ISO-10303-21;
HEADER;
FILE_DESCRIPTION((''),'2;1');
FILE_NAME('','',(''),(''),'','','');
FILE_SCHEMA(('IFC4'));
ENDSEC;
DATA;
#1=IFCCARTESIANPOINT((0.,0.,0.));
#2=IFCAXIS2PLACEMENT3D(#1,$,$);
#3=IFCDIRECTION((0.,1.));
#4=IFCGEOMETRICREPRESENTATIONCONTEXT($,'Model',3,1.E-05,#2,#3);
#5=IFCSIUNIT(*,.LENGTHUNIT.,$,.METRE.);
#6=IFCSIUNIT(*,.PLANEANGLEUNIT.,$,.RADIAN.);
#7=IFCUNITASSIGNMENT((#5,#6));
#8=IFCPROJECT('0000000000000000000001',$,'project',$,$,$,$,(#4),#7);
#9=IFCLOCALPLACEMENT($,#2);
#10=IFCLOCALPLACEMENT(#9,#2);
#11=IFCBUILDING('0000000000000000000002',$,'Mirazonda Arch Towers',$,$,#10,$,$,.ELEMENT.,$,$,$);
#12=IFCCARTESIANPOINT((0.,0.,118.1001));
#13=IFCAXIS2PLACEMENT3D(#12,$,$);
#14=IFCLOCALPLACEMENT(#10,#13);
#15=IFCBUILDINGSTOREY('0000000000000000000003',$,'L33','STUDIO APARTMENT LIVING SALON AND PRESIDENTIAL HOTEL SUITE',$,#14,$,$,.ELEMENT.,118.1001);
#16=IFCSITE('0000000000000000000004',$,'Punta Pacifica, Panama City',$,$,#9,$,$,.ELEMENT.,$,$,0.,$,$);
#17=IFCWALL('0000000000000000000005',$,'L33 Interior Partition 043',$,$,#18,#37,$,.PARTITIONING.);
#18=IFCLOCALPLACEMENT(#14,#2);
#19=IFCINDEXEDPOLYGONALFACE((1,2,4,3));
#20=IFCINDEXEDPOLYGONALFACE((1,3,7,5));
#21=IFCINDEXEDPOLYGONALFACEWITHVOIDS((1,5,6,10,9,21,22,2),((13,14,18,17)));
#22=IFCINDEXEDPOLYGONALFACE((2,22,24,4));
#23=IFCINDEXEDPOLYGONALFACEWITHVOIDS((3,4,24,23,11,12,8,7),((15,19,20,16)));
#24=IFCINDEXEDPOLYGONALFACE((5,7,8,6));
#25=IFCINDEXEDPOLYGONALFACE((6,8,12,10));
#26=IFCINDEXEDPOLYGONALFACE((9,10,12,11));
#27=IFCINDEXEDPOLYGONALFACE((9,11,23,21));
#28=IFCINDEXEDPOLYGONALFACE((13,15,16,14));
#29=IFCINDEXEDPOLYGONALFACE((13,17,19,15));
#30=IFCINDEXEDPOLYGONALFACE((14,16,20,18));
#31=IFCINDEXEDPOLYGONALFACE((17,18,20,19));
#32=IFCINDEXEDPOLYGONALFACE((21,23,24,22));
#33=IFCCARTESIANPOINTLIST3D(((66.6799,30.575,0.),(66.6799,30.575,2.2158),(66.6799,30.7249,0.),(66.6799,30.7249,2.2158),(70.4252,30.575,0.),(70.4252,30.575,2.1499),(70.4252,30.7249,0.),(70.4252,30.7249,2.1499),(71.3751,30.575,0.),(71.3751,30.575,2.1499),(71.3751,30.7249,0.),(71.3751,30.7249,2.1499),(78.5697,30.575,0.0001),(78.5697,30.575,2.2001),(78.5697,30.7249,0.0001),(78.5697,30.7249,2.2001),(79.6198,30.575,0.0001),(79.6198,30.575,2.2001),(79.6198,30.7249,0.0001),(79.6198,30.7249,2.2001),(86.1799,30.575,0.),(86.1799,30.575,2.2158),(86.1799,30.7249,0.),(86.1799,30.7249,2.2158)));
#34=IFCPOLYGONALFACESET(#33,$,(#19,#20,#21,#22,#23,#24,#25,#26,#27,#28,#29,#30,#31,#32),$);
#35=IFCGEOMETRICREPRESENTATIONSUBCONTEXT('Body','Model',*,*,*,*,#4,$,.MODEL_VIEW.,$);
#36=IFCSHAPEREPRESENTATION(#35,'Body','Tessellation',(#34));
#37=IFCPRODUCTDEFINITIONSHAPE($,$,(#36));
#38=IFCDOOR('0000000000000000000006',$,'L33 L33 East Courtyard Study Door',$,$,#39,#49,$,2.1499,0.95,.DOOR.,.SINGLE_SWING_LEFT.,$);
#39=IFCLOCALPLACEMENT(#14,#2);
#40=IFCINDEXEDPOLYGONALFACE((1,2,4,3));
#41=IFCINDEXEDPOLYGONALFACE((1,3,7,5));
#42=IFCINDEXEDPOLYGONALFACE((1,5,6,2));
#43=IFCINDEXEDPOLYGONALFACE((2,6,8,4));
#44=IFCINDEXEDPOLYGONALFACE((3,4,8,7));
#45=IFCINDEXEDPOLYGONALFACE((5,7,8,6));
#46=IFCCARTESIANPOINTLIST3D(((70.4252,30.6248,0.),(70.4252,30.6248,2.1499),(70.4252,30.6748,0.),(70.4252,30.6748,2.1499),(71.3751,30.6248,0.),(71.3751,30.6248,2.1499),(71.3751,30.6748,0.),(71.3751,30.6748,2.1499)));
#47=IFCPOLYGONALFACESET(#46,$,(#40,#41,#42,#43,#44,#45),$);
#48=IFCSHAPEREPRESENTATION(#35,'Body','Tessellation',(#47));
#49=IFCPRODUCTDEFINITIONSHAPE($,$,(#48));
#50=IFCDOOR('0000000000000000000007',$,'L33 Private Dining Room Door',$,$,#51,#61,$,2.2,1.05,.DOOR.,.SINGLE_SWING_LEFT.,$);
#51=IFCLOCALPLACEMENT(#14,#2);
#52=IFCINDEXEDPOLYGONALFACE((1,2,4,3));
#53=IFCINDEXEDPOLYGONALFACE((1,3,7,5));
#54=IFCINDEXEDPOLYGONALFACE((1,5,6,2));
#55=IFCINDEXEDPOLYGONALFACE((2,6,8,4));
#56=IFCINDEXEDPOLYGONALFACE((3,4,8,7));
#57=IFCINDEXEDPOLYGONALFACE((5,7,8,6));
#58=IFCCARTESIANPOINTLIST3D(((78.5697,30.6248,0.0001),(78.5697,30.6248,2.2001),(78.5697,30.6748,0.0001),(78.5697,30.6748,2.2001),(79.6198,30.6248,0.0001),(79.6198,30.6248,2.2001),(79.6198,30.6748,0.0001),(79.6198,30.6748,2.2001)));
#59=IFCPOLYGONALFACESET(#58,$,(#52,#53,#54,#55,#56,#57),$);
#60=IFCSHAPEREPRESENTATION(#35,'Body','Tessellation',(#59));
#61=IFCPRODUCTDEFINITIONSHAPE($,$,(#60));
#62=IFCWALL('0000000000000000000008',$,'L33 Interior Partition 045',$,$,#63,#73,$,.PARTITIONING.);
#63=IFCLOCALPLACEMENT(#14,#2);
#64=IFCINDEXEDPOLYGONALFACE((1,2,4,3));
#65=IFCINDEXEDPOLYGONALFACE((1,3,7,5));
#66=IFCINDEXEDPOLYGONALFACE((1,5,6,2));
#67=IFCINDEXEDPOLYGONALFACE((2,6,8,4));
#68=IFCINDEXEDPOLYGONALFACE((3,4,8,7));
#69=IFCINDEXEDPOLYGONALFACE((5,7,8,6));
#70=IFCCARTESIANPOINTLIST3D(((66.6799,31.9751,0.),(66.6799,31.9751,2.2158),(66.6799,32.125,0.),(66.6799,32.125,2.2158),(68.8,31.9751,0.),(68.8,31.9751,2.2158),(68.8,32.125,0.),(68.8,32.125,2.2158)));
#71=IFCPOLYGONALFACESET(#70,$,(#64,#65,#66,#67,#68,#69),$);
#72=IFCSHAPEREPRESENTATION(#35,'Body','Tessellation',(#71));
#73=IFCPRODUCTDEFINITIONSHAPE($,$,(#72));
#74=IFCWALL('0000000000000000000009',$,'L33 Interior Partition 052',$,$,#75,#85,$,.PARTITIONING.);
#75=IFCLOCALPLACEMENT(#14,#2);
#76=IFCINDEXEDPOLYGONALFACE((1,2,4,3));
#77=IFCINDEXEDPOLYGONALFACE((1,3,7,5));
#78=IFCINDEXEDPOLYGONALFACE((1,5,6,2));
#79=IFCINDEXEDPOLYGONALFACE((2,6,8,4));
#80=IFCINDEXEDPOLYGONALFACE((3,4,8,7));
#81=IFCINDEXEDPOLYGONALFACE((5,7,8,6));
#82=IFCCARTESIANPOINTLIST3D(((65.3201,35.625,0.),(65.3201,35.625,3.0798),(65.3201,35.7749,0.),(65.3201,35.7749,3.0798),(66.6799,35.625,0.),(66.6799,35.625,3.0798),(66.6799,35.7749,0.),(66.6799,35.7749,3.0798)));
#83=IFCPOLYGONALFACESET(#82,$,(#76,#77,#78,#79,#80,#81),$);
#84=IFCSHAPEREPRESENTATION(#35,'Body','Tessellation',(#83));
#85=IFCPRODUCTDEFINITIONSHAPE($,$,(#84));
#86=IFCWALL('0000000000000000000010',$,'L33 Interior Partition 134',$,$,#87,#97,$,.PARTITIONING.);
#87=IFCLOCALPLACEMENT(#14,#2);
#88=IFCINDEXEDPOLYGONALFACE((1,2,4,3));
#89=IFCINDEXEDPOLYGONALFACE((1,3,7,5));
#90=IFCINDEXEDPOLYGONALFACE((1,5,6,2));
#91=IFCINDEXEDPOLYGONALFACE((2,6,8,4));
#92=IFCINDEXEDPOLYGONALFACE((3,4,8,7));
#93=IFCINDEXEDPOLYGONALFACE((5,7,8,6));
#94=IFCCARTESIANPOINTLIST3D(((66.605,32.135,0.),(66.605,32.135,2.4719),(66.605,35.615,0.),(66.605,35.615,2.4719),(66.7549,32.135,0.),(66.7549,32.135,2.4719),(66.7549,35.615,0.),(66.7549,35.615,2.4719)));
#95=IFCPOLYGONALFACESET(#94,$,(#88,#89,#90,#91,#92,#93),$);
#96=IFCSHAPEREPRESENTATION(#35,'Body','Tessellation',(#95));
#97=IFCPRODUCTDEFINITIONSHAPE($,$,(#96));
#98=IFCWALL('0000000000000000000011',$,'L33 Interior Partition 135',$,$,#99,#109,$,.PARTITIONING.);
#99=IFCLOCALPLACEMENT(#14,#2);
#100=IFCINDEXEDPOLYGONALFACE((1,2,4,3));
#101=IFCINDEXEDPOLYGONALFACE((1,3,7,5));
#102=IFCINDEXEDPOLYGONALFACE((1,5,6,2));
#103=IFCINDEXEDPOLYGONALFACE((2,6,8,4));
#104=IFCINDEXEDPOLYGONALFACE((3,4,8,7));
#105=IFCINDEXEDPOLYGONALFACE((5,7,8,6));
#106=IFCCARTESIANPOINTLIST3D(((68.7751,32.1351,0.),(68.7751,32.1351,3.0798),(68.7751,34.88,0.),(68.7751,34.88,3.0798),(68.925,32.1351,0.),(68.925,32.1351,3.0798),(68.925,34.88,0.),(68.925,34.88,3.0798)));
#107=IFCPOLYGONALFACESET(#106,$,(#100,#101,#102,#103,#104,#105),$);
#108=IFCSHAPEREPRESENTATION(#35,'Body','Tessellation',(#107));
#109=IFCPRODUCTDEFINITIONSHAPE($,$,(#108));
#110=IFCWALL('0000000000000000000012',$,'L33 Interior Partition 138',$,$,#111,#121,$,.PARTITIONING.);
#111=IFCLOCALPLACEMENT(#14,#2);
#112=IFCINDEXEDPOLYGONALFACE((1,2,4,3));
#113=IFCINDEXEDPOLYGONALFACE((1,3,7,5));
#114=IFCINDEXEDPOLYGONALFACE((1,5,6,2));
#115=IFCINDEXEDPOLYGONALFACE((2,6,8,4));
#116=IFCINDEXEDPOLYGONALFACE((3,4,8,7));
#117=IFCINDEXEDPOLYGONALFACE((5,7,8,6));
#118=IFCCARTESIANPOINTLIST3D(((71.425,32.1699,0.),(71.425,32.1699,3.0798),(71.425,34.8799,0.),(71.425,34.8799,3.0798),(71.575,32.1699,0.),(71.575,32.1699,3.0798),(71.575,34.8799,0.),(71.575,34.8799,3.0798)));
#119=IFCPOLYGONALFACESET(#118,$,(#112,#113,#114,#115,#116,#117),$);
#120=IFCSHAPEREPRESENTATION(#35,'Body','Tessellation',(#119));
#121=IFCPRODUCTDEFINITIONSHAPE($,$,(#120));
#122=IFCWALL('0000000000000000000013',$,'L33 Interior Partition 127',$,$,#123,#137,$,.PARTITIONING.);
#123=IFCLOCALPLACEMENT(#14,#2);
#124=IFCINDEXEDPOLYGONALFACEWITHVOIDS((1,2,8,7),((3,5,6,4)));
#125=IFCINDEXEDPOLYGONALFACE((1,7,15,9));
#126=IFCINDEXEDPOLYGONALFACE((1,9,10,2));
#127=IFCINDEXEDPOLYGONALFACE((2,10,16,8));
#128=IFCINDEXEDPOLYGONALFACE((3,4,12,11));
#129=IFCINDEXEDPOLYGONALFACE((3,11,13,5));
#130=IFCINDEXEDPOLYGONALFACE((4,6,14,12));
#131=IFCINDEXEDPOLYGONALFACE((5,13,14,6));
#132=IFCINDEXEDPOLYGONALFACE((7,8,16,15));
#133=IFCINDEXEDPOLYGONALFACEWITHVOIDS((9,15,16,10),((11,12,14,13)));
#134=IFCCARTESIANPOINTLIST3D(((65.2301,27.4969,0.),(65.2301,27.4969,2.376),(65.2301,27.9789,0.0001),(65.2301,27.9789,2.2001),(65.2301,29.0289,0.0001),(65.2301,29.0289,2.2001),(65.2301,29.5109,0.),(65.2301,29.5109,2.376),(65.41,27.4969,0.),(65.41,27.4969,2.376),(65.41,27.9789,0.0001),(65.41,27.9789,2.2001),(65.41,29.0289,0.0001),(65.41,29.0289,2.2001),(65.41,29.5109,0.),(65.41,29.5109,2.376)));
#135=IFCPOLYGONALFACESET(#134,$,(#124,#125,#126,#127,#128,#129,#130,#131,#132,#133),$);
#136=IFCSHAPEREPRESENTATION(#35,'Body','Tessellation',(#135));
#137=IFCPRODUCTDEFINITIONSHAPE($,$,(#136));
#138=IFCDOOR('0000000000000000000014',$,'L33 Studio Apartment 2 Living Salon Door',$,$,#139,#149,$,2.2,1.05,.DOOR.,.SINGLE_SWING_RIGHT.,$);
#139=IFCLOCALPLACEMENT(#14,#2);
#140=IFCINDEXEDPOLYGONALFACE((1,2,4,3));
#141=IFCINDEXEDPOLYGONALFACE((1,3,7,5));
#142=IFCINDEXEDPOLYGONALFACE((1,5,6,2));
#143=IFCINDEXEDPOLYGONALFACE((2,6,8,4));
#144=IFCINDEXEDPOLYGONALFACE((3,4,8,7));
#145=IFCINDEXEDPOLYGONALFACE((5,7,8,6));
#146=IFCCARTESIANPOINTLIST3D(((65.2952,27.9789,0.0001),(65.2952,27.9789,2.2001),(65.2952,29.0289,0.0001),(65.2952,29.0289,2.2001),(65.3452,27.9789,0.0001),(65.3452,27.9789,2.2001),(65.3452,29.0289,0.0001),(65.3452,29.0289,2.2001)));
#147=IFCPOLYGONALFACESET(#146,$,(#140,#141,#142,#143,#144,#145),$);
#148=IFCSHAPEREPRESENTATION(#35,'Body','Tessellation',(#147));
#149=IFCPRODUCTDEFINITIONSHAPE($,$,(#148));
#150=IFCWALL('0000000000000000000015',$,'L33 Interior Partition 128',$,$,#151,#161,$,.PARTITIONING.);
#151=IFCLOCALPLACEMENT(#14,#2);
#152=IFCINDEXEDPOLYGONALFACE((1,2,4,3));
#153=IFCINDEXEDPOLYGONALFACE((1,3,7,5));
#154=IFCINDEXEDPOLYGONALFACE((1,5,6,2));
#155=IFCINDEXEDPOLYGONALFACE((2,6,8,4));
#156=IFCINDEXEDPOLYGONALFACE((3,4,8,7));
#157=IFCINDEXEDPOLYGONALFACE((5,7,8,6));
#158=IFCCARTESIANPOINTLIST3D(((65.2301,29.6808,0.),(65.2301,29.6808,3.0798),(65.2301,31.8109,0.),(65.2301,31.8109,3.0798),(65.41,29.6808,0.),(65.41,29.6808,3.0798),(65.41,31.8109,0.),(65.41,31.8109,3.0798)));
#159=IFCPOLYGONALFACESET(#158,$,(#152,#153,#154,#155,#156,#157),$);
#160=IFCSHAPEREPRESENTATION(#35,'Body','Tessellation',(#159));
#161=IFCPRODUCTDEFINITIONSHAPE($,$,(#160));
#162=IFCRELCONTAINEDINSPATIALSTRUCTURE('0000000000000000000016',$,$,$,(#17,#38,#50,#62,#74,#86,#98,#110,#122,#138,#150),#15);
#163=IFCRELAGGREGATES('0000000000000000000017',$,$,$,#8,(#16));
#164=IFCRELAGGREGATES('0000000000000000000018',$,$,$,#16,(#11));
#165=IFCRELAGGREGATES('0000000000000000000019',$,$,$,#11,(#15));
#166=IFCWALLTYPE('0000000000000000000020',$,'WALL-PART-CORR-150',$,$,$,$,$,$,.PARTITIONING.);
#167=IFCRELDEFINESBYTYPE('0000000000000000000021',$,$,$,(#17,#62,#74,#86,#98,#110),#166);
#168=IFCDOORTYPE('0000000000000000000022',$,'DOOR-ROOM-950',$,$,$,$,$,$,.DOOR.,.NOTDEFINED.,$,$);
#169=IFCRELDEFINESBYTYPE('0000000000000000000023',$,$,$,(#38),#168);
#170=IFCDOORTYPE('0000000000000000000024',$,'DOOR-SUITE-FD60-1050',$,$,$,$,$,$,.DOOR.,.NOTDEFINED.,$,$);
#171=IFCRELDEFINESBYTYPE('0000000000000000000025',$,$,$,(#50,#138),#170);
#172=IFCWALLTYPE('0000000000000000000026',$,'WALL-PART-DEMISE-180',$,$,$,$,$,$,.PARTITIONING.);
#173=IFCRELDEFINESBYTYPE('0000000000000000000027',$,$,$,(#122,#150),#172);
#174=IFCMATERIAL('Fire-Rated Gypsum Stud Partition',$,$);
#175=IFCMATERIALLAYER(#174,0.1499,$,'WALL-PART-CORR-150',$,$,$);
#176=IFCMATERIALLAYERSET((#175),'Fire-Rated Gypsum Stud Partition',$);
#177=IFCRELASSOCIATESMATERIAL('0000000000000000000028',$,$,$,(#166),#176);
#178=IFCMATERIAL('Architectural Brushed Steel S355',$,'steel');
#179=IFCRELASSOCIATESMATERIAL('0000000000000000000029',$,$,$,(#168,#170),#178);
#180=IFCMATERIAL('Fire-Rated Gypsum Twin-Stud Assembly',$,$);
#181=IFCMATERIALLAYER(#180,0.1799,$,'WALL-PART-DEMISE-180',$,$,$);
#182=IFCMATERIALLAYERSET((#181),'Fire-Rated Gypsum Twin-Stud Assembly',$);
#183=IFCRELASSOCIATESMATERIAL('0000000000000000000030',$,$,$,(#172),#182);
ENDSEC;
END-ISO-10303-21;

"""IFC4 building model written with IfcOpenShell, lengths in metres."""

from ifc_helpers import new_model, si_unit, direction, frame, frame_2d, origin, place, context, subcontext, project, spatial, rectangle, extrude, material, layer, layer_set, type_object, element, fill, save


model = new_model("IFC4")

# Units and contexts
model_context = context("Model", 3, precision=1e-05, world=origin(), true_north=direction((0.0, 1.0)))
body_context = subcontext(model_context, "Body", "Model", "MODEL_VIEW")
ifc_project = project(units=[si_unit("LENGTHUNIT", "METRE"), si_unit("PLANEANGLEUNIT", "RADIAN")], contexts=[model_context])

# Site, building, storey
site_placement = place(None, origin())
site = spatial("IfcSite", under=ifc_project, at=site_placement, Name="Punta Pacifica, Panama City", CompositionType="ELEMENT", RefElevation=0.0)
building_placement = place(site_placement, origin())
building = spatial("IfcBuilding", under=site, at=building_placement, Name="Mirazonda Arch Towers", CompositionType="ELEMENT")
storey_placement = place(building_placement, frame((0.0, 0.0, 118.1001)))
storey = spatial("IfcBuildingStorey", under=building, at=storey_placement, Name="L33", Description="STUDIO APARTMENT LIVING SALON AND PRESIDENTIAL HOTEL SUITE", CompositionType="ELEMENT", Elevation=118.1001)

# Wall, openings, doors
ifc_material_1 = material(Name="Architectural Brushed Steel S355", Category="steel")
ifc_material_2 = material(Name="Fire-Rated Gypsum Stud Partition")
ifc_layer_1 = layer(ifc_material_2, 0.1499, Name="WALL-PART-CORR-150")
ifc_layer_set_1 = layer_set([ifc_layer_1], Name="Fire-Rated Gypsum Stud Partition")
wall_type_1 = type_object("IfcWallType", Name="WALL-PART-CORR-150", PredefinedType="PARTITIONING", material=ifc_layer_set_1)
wall_1_placement = place(storey_placement, frame((66.6799, 30.6499, 0.0), z_axis=(0.0, 0.0, 1.0), x_axis=(1.0, 0.0, 0.0)))
wall_1 = element("IfcWall", 1, at=wall_1_placement, inside=storey, type_object=wall_type_1, Name="L33 Interior Partition 043", PredefinedType="PARTITIONING", context=body_context, shape_type="SweptSolid", body=[
    extrude(rectangle(XDim=19.5, YDim=0.1499, at=frame_2d((9.75, 0.0))), origin(), (0.0, 0.0, 1.0), 2.2158),
])
opening_1_placement = place(wall_1_placement, frame((3.7451, 0.0, 0.0)))
opening_1 = element("IfcOpeningElement", 2, at=opening_1_placement, cuts=wall_1, PredefinedType="OPENING", context=body_context, shape_type="SweptSolid", body=[
    extrude(rectangle(XDim=0.95, YDim=2.1499, at=frame_2d((0.4751, 1.075))), frame((0.0, 0.085, 0.0), z_axis=(0.0, -1.0, 0.0), x_axis=(1.0, 0.0, 0.0)), (0.0, 0.0, 1.0), 0.1699),
])
opening_2_placement = place(wall_1_placement, frame((11.8899, 0.0, 0.0)))
opening_2 = element("IfcOpeningElement", 3, at=opening_2_placement, cuts=wall_1, PredefinedType="OPENING", context=body_context, shape_type="SweptSolid", body=[
    extrude(rectangle(XDim=1.05, YDim=2.2, at=frame_2d((0.5249, 1.1001))), frame((0.0, 0.085, 0.0), z_axis=(0.0, -1.0, 0.0), x_axis=(1.0, 0.0, 0.0)), (0.0, 0.0, 1.0), 0.1699),
])
door_type_1 = type_object("IfcDoorType", Name="DOOR-ROOM-950", OperationType="NOTDEFINED", PredefinedType="DOOR", material=ifc_material_1)
door_1_placement = place(opening_1_placement, origin())
door_1 = element("IfcDoor", 4, at=door_1_placement, inside=storey, type_object=door_type_1, Name="L33 L33 East Courtyard Study Door", OperationType="SINGLE_SWING_LEFT", OverallHeight=2.1499, OverallWidth=0.95, PredefinedType="DOOR", context=body_context, shape_type="SweptSolid", body=[
    extrude(rectangle(XDim=0.95, YDim=2.1499, at=frame_2d((0.4751, 1.075))), frame((0.0, 0.0249, 0.0), z_axis=(0.0, -1.0, 0.0), x_axis=(1.0, 0.0, 0.0)), (0.0, 0.0, 1.0), 0.05),
])
fill(opening_1, door_1)
door_type_2 = type_object("IfcDoorType", Name="DOOR-SUITE-FD60-1050", OperationType="NOTDEFINED", PredefinedType="DOOR", material=ifc_material_1)
door_2_placement = place(opening_2_placement, origin())
door_2 = element("IfcDoor", 5, at=door_2_placement, inside=storey, type_object=door_type_2, Name="L33 Private Dining Room Door", OperationType="SINGLE_SWING_LEFT", OverallHeight=2.2, OverallWidth=1.05, PredefinedType="DOOR", context=body_context, shape_type="SweptSolid", body=[
    extrude(rectangle(XDim=1.05, YDim=2.2, at=frame_2d((0.5249, 1.1001))), frame((0.0, 0.0249, 0.0), z_axis=(0.0, -1.0, 0.0), x_axis=(1.0, 0.0, 0.0)), (0.0, 0.0, 1.0), 0.05),
])
fill(opening_2, door_2)

# Walls
wall_2_placement = place(storey_placement, frame((66.6799, 32.05, 0.0), z_axis=(0.0, 0.0, 1.0), x_axis=(1.0, 0.0, 0.0)))
element("IfcWall", 6, at=wall_2_placement, inside=storey, type_object=wall_type_1, Name="L33 Interior Partition 045", PredefinedType="PARTITIONING", context=body_context, shape_type="SweptSolid", body=[
    extrude(rectangle(XDim=2.1201, YDim=0.1499, at=frame_2d((1.0601, 0.0))), origin(), (0.0, 0.0, 1.0), 2.2158),
])
wall_3_placement = place(storey_placement, frame((65.3201, 35.7, 0.0), z_axis=(0.0, 0.0, 1.0), x_axis=(1.0, 0.0, 0.0)))
element("IfcWall", 7, at=wall_3_placement, inside=storey, type_object=wall_type_1, Name="L33 Interior Partition 052", PredefinedType="PARTITIONING", context=body_context, shape_type="SweptSolid", body=[
    extrude(rectangle(XDim=1.3599, YDim=0.1499, at=frame_2d((0.6799, 0.0))), origin(), (0.0, 0.0, 1.0), 3.0798),
])
wall_4_placement = place(storey_placement, frame((66.6799, 32.135, 0.0), z_axis=(0.0, 0.0, 1.0), x_axis=(0.0, 1.0, 0.0)))
element("IfcWall", 8, at=wall_4_placement, inside=storey, type_object=wall_type_1, Name="L33 Interior Partition 134", PredefinedType="PARTITIONING", context=body_context, shape_type="SweptSolid", body=[
    extrude(rectangle(XDim=3.48, YDim=0.1499, at=frame_2d((1.74, 0.0))), origin(), (0.0, 0.0, 1.0), 2.4719),
])
wall_5_placement = place(storey_placement, frame((68.8501, 32.135, 0.0), z_axis=(0.0, 0.0, 1.0), x_axis=(0.0, 1.0, 0.0)))
element("IfcWall", 9, at=wall_5_placement, inside=storey, type_object=wall_type_1, Name="L33 Interior Partition 135", PredefinedType="PARTITIONING", context=body_context, shape_type="SweptSolid", body=[
    extrude(rectangle(XDim=2.7449, YDim=0.1499, at=frame_2d((1.3726, 0.0))), origin(), (0.0, 0.0, 1.0), 3.0798),
])
wall_6_placement = place(storey_placement, frame((71.5, 32.1699, 0.0), z_axis=(0.0, 0.0, 1.0), x_axis=(0.0, 1.0, 0.0)))
element("IfcWall", 10, at=wall_6_placement, inside=storey, type_object=wall_type_1, Name="L33 Interior Partition 138", PredefinedType="PARTITIONING", context=body_context, shape_type="SweptSolid", body=[
    extrude(rectangle(XDim=2.71, YDim=0.1499, at=frame_2d((1.355, 0.0))), origin(), (0.0, 0.0, 1.0), 3.0798),
])

# Wall, opening, door
ifc_material_3 = material(Name="Fire-Rated Gypsum Twin-Stud Assembly")
ifc_layer_2 = layer(ifc_material_3, 0.1799, Name="WALL-PART-DEMISE-180")
ifc_layer_set_2 = layer_set([ifc_layer_2], Name="Fire-Rated Gypsum Twin-Stud Assembly")
wall_type_2 = type_object("IfcWallType", Name="WALL-PART-DEMISE-180", PredefinedType="PARTITIONING", material=ifc_layer_set_2)
wall_7_placement = place(storey_placement, frame((65.3201, 27.4971, 0.0), z_axis=(0.0, 0.0, 1.0), x_axis=(0.0, 1.0, 0.0)))
wall_7 = element("IfcWall", 11, at=wall_7_placement, inside=storey, type_object=wall_type_2, Name="L33 Interior Partition 127", PredefinedType="PARTITIONING", context=body_context, shape_type="SweptSolid", body=[
    extrude(rectangle(XDim=2.0139, YDim=0.1799, at=frame_2d((1.0068, 0.0))), origin(), (0.0, 0.0, 1.0), 2.376),
])
opening_3_placement = place(wall_7_placement, frame((0.4819, 0.0, 0.0)))
opening_3 = element("IfcOpeningElement", 12, at=opening_3_placement, cuts=wall_7, PredefinedType="OPENING", context=body_context, shape_type="SweptSolid", body=[
    extrude(rectangle(XDim=1.05, YDim=2.2, at=frame_2d((0.5249, 1.1001))), frame((0.0, 0.0999, 0.0), z_axis=(0.0, -1.0, 0.0), x_axis=(1.0, 0.0, 0.0)), (0.0, 0.0, 1.0), 0.2),
])
door_3_placement = place(opening_3_placement, origin())
door_3 = element("IfcDoor", 13, at=door_3_placement, inside=storey, type_object=door_type_2, Name="L33 Studio Apartment 2 Living Salon Door", OperationType="SINGLE_SWING_RIGHT", OverallHeight=2.2, OverallWidth=1.05, PredefinedType="DOOR", context=body_context, shape_type="SweptSolid", body=[
    extrude(rectangle(XDim=1.05, YDim=2.2, at=frame_2d((0.5249, 1.1001))), frame((0.0, 0.0249, 0.0), z_axis=(0.0, -1.0, 0.0), x_axis=(1.0, 0.0, 0.0)), (0.0, 0.0, 1.0), 0.05),
])
fill(opening_3, door_3)

# Wall
wall_8_placement = place(storey_placement, frame((65.3201, 29.6809, 0.0), z_axis=(0.0, 0.0, 1.0), x_axis=(0.0, 1.0, 0.0)))
element("IfcWall", 14, at=wall_8_placement, inside=storey, type_object=wall_type_2, Name="L33 Interior Partition 128", PredefinedType="PARTITIONING", context=body_context, shape_type="SweptSolid", body=[
    extrude(rectangle(XDim=2.1301, YDim=0.1799, at=frame_2d((1.0649, 0.0))), origin(), (0.0, 0.0, 1.0), 3.0798),
])

save(model, "model.ifc")
